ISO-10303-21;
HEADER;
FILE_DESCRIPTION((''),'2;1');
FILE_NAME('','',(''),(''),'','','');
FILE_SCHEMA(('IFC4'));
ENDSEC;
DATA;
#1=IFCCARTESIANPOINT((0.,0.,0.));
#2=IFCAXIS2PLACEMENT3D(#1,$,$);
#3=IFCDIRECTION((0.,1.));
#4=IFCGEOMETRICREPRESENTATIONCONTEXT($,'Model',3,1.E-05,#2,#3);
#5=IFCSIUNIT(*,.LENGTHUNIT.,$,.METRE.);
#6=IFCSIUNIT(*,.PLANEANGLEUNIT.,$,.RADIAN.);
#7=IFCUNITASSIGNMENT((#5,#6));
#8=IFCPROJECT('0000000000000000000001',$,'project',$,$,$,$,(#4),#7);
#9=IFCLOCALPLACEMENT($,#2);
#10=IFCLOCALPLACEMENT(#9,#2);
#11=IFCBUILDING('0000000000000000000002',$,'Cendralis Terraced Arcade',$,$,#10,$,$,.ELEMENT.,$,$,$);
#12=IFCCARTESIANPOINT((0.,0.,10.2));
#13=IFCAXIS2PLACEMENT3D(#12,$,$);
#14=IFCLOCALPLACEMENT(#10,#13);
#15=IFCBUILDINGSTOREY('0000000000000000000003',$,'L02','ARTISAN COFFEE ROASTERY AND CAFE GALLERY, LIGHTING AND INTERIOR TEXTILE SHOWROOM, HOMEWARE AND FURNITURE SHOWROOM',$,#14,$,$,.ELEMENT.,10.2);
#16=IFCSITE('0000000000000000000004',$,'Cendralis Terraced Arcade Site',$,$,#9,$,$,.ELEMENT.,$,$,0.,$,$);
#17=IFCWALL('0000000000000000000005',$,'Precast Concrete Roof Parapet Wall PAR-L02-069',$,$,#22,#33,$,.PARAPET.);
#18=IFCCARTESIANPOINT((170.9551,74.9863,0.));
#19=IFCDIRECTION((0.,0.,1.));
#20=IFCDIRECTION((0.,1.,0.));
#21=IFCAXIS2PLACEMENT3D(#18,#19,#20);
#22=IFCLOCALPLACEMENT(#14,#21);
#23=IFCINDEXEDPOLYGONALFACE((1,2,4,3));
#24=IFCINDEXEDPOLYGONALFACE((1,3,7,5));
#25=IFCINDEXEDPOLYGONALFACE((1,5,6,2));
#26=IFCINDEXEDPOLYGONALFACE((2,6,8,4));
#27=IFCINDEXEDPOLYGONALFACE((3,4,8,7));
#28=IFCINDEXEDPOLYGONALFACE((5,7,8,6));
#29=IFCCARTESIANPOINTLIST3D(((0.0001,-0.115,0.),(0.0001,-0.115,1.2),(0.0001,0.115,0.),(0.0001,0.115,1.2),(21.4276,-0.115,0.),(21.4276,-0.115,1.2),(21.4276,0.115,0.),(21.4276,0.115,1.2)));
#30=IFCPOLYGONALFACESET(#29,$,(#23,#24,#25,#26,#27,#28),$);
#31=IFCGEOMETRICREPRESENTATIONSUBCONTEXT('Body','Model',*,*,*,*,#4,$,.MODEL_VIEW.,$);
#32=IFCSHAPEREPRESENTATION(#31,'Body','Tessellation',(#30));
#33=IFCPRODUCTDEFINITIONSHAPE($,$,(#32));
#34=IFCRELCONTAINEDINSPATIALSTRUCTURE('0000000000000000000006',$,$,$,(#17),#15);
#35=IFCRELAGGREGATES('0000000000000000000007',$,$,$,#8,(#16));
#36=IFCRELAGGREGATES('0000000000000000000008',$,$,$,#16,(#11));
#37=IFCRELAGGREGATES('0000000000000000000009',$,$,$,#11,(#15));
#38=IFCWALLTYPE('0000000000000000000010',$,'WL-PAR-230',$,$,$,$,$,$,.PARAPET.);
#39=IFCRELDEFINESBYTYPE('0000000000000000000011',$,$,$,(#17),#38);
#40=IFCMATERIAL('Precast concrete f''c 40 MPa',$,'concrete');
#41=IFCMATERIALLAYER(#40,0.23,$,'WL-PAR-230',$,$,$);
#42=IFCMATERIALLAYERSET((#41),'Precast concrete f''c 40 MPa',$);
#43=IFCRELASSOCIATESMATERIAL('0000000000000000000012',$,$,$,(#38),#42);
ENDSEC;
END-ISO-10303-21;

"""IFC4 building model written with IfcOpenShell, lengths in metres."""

from ifc_helpers import new_model, si_unit, direction, frame, frame_2d, origin, place, context, subcontext, project, spatial, rectangle, extrude, material, layer, layer_set, type_object, element, save


model = new_model("IFC4")

# Units and contexts
model_context = context("Model", 3, precision=1e-05, world=origin(), true_north=direction((0.0, 1.0)))
body_context = subcontext(model_context, "Body", "Model", "MODEL_VIEW")
ifc_project = project(units=[si_unit("LENGTHUNIT", "METRE"), si_unit("PLANEANGLEUNIT", "RADIAN")], contexts=[model_context])

# Site, building, storey
site_placement = place(None, origin())
site = spatial("IfcSite", under=ifc_project, at=site_placement, Name="Cendralis Terraced Arcade Site", CompositionType="ELEMENT", RefElevation=0.0)
building_placement = place(site_placement, origin())
building = spatial("IfcBuilding", under=site, at=building_placement, Name="Cendralis Terraced Arcade", CompositionType="ELEMENT")
storey_placement = place(building_placement, frame((0.0, 0.0, 10.2)))
storey = spatial("IfcBuildingStorey", under=building, at=storey_placement, Name="L02", Description="ARTISAN COFFEE ROASTERY AND CAFE GALLERY, LIGHTING AND INTERIOR TEXTILE SHOWROOM, HOMEWARE AND FURNITURE SHOWROOM", CompositionType="ELEMENT", Elevation=10.2)

# Wall
ifc_material_1 = material(Name="Precast concrete f'c 40 MPa", Category="concrete")
ifc_layer_1 = layer(ifc_material_1, 0.23, Name="WL-PAR-230")
ifc_layer_set_1 = layer_set([ifc_layer_1], Name="Precast concrete f'c 40 MPa")
wall_type = type_object("IfcWallType", Name="WL-PAR-230", PredefinedType="PARAPET", material=ifc_layer_set_1)
wall_1_placement = place(storey_placement, frame((170.9551, 74.9863, 0.0), z_axis=(0.0, 0.0, 1.0), x_axis=(0.0, 1.0, 0.0)))
element("IfcWall", 1, at=wall_1_placement, inside=storey, type_object=wall_type, Name="Precast Concrete Roof Parapet Wall PAR-L02-069", PredefinedType="PARAPET", context=body_context, shape_type="SweptSolid", body=[
    extrude(rectangle(XDim=21.4275, YDim=0.23, at=frame_2d((10.7139, 0.0))), origin(), (0.0, 0.0, 1.0), 1.2),
])

save(model, "model.ifc")
